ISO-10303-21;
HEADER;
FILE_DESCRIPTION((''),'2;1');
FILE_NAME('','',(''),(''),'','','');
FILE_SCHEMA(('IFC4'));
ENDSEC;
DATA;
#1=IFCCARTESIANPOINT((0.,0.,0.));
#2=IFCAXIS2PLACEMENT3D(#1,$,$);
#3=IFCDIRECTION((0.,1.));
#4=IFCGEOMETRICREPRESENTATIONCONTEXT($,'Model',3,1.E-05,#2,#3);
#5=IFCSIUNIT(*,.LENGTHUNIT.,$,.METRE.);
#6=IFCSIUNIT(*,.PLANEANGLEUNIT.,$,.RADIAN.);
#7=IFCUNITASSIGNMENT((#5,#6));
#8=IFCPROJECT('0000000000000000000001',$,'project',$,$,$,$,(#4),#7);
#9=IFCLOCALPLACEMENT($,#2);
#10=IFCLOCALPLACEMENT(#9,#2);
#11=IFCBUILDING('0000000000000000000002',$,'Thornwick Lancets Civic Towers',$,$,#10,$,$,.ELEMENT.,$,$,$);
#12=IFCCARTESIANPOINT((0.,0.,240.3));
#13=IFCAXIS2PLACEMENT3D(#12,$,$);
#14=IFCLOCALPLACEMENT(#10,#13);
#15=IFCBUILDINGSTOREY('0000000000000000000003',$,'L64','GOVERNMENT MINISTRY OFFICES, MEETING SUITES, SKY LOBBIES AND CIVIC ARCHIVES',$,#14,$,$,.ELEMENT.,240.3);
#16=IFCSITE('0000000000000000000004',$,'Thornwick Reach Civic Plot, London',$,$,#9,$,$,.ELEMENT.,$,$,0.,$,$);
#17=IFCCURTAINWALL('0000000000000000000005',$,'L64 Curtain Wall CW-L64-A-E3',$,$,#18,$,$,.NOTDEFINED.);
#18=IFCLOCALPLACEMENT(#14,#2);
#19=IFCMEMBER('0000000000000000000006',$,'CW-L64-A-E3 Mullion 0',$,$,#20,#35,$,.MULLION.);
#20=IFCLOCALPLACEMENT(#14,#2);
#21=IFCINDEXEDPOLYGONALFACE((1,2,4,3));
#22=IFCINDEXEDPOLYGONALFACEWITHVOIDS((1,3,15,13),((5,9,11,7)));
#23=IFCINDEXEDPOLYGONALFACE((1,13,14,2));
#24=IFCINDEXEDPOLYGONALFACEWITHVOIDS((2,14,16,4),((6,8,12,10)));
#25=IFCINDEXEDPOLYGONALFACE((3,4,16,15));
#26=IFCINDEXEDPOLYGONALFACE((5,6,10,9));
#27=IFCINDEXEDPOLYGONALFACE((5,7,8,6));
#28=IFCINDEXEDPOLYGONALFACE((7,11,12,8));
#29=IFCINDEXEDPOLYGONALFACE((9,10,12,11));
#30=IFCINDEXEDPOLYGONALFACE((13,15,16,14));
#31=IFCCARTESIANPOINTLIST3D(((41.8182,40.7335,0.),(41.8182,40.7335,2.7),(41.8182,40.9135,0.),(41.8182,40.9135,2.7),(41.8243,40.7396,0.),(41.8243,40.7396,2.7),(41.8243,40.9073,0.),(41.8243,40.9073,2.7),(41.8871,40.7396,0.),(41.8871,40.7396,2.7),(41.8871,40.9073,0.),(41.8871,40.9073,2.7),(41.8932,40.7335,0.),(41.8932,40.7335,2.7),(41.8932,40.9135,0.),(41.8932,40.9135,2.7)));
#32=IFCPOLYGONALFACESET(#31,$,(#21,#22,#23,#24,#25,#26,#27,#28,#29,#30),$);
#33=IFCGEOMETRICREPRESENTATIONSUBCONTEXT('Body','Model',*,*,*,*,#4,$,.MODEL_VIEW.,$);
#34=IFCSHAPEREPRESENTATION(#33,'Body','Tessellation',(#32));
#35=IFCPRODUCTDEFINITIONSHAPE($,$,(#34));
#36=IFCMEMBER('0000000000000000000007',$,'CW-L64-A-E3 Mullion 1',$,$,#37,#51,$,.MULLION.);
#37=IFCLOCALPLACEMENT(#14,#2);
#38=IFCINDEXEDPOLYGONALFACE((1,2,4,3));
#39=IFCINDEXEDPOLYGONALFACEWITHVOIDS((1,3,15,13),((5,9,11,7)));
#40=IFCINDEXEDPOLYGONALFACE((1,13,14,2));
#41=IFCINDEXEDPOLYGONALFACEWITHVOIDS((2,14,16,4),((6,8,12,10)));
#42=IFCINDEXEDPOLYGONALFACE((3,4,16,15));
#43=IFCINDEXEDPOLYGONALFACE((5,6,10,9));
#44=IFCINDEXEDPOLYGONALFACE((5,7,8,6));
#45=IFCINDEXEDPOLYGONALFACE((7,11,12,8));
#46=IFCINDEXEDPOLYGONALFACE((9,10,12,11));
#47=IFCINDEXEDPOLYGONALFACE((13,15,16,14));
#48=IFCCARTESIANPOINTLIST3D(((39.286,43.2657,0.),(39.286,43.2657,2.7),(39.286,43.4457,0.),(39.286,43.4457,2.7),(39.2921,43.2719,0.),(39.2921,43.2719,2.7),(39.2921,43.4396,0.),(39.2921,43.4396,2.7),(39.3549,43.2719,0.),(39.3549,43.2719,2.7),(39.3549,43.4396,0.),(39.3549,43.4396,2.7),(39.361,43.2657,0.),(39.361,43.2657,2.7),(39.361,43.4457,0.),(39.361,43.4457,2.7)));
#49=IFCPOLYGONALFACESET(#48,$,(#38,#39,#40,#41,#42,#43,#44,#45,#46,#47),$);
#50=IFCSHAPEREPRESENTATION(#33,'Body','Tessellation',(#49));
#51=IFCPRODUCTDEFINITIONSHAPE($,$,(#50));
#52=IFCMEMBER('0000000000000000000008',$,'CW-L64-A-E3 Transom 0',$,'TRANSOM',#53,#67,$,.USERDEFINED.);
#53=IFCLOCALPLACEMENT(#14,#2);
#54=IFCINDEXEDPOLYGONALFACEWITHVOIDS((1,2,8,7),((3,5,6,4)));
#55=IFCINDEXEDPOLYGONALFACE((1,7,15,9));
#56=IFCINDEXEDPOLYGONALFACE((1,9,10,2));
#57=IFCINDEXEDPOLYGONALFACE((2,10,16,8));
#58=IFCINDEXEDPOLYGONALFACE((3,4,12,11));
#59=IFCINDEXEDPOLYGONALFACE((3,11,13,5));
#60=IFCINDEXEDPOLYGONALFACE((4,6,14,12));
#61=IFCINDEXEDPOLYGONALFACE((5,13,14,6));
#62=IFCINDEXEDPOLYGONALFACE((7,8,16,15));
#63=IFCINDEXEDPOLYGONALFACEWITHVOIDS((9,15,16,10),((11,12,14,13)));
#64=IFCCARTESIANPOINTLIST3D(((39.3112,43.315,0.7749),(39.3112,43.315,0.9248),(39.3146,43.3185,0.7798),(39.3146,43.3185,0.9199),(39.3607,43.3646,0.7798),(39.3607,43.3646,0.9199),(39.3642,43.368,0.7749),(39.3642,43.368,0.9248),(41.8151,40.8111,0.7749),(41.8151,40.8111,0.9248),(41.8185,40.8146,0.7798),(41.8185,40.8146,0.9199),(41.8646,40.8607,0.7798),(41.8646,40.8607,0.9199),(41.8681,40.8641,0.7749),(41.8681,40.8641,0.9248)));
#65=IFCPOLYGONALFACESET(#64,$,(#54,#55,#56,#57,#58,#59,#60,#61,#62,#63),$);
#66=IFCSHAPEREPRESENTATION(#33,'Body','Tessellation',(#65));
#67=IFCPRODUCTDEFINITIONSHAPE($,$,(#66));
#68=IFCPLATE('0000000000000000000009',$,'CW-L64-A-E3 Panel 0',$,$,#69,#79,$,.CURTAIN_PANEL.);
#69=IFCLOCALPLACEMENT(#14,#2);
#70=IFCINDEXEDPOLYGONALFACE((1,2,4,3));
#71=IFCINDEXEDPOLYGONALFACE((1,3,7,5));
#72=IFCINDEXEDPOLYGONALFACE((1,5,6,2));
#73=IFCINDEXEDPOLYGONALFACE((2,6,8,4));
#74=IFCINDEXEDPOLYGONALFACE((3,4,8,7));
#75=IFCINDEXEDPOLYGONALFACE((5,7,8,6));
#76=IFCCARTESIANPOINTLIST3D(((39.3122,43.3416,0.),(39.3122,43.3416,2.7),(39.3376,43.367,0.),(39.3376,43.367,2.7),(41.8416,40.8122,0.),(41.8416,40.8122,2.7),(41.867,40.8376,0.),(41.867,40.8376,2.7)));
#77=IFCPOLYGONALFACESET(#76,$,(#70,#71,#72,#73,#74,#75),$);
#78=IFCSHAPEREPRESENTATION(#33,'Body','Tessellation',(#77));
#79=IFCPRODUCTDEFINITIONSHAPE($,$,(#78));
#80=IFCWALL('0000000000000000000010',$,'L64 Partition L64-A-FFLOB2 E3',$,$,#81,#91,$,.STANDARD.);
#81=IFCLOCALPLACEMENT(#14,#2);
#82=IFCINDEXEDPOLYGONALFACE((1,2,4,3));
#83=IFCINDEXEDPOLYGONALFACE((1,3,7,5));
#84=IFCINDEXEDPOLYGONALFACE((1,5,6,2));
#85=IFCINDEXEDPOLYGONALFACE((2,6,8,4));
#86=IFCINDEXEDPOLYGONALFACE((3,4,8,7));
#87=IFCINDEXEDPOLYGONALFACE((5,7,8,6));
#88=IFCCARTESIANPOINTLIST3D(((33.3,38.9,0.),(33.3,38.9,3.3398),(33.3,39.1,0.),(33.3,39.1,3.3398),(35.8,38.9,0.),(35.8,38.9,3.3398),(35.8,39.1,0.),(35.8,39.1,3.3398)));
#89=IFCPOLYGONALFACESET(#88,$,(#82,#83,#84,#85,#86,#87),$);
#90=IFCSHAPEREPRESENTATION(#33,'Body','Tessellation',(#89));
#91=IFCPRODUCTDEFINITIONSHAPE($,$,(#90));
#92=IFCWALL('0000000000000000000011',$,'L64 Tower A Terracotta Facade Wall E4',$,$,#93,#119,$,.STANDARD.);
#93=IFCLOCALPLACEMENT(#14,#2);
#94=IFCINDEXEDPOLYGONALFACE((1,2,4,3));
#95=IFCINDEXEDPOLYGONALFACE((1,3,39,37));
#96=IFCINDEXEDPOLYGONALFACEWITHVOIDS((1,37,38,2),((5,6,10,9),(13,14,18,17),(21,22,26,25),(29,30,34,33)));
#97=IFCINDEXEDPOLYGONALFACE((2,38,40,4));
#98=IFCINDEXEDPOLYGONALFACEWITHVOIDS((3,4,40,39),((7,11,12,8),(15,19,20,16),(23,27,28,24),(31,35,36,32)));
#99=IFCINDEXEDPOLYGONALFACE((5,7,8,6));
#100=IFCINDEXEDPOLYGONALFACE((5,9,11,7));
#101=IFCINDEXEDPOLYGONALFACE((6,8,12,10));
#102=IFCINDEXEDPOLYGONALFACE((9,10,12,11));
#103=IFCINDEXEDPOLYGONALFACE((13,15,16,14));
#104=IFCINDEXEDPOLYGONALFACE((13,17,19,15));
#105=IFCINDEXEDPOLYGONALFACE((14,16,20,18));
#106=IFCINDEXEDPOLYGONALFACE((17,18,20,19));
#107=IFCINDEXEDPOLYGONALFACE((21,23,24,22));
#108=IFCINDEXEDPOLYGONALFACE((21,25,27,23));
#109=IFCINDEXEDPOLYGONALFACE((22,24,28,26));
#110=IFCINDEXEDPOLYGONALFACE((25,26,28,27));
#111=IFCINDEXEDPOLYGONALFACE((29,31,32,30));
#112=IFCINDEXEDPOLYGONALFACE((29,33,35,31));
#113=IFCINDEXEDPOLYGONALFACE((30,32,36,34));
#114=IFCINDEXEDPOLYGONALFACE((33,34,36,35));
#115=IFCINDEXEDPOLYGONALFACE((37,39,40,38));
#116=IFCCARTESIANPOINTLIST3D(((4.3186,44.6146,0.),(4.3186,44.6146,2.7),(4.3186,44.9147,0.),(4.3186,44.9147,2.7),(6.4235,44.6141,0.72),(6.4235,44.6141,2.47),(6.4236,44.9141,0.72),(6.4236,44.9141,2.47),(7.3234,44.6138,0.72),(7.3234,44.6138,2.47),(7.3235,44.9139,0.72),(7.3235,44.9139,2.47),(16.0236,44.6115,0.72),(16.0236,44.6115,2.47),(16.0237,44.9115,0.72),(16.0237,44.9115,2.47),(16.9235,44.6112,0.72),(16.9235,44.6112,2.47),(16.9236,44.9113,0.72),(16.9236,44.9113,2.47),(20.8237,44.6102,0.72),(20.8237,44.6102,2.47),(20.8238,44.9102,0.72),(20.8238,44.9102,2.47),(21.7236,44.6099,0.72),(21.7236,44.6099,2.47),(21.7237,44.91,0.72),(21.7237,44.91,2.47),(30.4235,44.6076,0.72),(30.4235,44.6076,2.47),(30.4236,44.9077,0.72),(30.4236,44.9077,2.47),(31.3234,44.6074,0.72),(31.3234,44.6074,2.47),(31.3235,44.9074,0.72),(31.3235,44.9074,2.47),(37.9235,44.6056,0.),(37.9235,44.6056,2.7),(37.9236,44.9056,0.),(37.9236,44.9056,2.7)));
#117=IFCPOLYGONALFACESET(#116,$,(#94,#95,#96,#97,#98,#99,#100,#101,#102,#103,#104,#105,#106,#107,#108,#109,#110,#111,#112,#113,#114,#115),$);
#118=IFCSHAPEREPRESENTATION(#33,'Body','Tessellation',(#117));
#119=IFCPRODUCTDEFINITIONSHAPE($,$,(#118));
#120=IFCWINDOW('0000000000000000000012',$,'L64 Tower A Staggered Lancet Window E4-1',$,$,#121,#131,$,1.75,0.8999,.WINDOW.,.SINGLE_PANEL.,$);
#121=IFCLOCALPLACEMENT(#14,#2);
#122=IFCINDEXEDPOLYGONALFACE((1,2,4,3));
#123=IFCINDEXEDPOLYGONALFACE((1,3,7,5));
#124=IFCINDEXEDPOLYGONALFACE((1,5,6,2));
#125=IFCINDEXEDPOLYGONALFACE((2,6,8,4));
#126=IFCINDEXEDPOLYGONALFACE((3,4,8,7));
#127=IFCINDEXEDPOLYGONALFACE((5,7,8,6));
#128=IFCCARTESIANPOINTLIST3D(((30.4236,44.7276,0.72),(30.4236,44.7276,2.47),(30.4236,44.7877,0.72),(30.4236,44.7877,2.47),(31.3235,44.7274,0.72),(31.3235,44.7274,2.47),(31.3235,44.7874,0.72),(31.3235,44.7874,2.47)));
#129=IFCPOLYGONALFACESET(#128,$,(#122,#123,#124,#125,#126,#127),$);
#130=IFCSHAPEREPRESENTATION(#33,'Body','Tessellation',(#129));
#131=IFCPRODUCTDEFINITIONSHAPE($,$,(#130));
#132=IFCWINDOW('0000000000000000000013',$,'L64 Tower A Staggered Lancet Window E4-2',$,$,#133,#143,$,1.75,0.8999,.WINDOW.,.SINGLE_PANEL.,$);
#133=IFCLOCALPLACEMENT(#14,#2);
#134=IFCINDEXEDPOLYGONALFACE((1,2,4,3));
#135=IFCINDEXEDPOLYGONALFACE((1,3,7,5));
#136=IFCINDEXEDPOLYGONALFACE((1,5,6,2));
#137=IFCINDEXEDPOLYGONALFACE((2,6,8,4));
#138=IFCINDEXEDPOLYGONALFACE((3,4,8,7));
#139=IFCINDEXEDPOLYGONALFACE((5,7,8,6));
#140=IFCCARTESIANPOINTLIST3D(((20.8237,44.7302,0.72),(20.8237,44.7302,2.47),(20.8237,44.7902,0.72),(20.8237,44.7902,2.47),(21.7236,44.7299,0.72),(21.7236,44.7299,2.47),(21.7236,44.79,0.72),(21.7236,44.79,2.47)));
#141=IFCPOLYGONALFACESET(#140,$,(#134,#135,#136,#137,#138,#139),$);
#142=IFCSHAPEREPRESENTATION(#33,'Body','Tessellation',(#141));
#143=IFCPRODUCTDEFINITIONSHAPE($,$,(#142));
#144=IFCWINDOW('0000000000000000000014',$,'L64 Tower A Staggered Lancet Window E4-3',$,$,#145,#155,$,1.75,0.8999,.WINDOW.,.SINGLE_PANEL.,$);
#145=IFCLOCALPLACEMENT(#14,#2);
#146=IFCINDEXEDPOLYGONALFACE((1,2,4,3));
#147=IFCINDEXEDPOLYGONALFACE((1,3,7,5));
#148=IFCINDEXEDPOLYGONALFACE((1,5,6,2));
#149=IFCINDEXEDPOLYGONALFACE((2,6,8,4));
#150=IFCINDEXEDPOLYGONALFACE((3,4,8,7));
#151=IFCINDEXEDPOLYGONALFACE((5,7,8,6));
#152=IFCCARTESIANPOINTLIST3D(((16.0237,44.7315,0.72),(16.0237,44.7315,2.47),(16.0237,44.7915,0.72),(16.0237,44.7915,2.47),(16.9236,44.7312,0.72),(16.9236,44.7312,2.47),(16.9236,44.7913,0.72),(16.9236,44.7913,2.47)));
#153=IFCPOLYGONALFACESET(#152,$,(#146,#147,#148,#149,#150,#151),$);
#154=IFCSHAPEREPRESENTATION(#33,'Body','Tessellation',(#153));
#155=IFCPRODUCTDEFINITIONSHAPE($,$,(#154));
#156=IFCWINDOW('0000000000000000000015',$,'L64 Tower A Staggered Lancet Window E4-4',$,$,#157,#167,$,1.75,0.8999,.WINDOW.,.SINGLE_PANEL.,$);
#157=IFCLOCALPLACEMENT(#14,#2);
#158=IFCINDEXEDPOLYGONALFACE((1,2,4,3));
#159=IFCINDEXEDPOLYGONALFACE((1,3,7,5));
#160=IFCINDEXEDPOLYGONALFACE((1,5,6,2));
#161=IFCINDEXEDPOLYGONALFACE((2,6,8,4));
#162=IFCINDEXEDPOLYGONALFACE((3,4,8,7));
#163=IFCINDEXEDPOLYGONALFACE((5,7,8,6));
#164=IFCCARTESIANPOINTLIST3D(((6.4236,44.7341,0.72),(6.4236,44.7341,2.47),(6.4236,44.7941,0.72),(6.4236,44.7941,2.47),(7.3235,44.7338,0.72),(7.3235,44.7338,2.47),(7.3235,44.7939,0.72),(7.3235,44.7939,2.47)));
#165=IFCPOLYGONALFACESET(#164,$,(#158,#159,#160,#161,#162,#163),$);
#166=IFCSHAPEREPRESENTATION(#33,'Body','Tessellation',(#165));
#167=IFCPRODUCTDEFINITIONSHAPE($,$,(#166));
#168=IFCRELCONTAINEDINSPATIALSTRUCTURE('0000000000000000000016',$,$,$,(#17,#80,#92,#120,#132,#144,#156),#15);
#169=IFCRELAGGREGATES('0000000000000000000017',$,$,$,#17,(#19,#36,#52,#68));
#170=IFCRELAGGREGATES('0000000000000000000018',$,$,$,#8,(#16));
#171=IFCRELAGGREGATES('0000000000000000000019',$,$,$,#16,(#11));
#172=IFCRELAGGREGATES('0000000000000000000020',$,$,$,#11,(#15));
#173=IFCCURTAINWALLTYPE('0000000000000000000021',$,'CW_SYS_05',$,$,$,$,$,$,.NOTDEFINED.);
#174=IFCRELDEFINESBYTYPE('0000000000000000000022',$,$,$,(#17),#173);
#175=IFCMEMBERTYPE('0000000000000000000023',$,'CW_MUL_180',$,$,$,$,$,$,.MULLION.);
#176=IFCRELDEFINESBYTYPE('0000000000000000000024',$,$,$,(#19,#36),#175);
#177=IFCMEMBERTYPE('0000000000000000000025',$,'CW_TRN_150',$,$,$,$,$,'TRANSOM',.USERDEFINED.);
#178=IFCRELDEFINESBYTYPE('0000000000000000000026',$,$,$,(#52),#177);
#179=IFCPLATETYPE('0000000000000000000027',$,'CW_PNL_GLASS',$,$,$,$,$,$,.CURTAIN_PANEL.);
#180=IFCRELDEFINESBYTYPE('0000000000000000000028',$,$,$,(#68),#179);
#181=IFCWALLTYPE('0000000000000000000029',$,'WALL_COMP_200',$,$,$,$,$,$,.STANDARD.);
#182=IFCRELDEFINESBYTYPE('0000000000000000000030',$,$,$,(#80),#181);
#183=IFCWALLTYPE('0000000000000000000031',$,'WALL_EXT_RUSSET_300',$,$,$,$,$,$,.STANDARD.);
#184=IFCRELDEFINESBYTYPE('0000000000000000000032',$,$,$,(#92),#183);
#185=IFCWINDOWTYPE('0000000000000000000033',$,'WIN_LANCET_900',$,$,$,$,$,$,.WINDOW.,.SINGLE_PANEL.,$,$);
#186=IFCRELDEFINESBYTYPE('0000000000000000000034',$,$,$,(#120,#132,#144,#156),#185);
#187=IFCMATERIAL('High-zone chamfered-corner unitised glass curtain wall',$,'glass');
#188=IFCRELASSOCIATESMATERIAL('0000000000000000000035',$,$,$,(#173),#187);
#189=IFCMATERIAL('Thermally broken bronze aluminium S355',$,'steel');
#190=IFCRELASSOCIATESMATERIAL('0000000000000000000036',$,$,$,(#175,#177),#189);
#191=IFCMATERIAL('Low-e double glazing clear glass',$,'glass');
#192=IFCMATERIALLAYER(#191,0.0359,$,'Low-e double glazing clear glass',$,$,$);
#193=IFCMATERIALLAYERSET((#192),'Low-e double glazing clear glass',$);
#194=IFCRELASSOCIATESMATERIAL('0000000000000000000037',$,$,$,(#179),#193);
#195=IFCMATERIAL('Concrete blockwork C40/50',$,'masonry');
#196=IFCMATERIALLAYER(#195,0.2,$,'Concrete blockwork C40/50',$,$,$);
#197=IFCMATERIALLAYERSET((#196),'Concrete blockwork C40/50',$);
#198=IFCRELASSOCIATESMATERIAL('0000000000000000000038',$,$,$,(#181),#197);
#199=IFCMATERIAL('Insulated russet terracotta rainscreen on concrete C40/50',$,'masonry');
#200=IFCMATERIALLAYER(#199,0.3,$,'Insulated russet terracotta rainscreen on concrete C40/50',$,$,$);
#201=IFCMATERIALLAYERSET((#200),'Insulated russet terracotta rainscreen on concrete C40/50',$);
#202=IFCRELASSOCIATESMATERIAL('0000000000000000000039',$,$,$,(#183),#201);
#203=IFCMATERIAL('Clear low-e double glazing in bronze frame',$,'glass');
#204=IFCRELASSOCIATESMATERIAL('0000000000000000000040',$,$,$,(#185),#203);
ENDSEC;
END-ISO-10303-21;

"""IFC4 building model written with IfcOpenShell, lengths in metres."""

from ifc_helpers import new_model, si_unit, direction, frame, frame_2d, origin, origin_2d, place, context, subcontext, project, spatial, rectangle, hollow_rectangle, extrude, material, layer, layer_set, material_profile, profile_set, type_object, element, fill, aggregate, save


model = new_model("IFC4")

# Units and contexts
model_context = context("Model", 3, precision=1e-05, world=origin(), true_north=direction((0.0, 1.0)))
body_context = subcontext(model_context, "Body", "Model", "MODEL_VIEW")
ifc_project = project(units=[si_unit("LENGTHUNIT", "METRE"), si_unit("PLANEANGLEUNIT", "RADIAN")], contexts=[model_context])

# Site, building, storey
site_placement = place(None, origin())
site = spatial("IfcSite", under=ifc_project, at=site_placement, Name="Thornwick Reach Civic Plot, London", CompositionType="ELEMENT", RefElevation=0.0)
building_placement = place(site_placement, origin())
building = spatial("IfcBuilding", under=site, at=building_placement, Name="Thornwick Lancets Civic Towers", CompositionType="ELEMENT")
storey_placement = place(building_placement, frame((0.0, 0.0, 240.3)))
storey = spatial("IfcBuildingStorey", under=building, at=storey_placement, Name="L64", Description="GOVERNMENT MINISTRY OFFICES, MEETING SUITES, SKY LOBBIES AND CIVIC ARCHIVES", CompositionType="ELEMENT", Elevation=240.3)

# Curtain wall, members, plate
ifc_material_1 = material(Name="High-zone chamfered-corner unitised glass curtain wall", Category="glass")
curtain_wall_type = type_object("IfcCurtainWallType", Name="CW_SYS_05", PredefinedType="NOTDEFINED", material=ifc_material_1)
curtain_wall_placement = place(storey_placement, origin())
curtain_wall = element("IfcCurtainWall", 1, at=curtain_wall_placement, inside=storey, type_object=curtain_wall_type, Name="L64 Curtain Wall CW-L64-A-E3", PredefinedType="NOTDEFINED")
ifc_material_2 = material(Name="Thermally broken bronze aluminium S355", Category="steel")
ifc_material_profile_1 = material_profile(ifc_material_2, hollow_rectangle(XDim=0.075, YDim=0.1799, WallThickness=0.0061, at=origin_2d()), Name="RHS 180x75x6")
ifc_profile_set_1 = profile_set([ifc_material_profile_1], Name="Thermally broken bronze aluminium S355")
member_type_1 = type_object("IfcMemberType", Name="CW_MUL_180", PredefinedType="MULLION", material=ifc_profile_set_1)
member_1_placement = place(storey_placement, frame((41.8557, 40.8235, 0.0), z_axis=(0.0, 0.0, 1.0), x_axis=(1.0, 0.0, 0.0)))
member_1 = element("IfcMember", 2, at=member_1_placement, type_object=member_type_1, Name="CW-L64-A-E3 Mullion 0", PredefinedType="MULLION", context=body_context, shape_type="SweptSolid", body=[
    extrude(hollow_rectangle(XDim=0.075, YDim=0.1799, WallThickness=0.0061, at=origin_2d()), origin(), (0.0, 0.0, 1.0), 2.7),
])
member_2_placement = place(storey_placement, frame((39.3235, 43.3557, 0.0), z_axis=(0.0, 0.0, 1.0), x_axis=(1.0, 0.0, 0.0)))
member_2 = element("IfcMember", 3, at=member_2_placement, type_object=member_type_1, Name="CW-L64-A-E3 Mullion 1", PredefinedType="MULLION", context=body_context, shape_type="SweptSolid", body=[
    extrude(hollow_rectangle(XDim=0.075, YDim=0.1799, WallThickness=0.0061, at=origin_2d()), origin(), (0.0, 0.0, 1.0), 2.7),
])
ifc_material_profile_2 = material_profile(ifc_material_2, hollow_rectangle(XDim=0.075, YDim=0.1499, WallThickness=0.0049, at=origin_2d()), Name="RHS 150x75x5")
ifc_profile_set_2 = profile_set([ifc_material_profile_2], Name="Thermally broken bronze aluminium S355")
member_type_2 = type_object("IfcMemberType", Name="CW_TRN_150", ElementType="TRANSOM", PredefinedType="USERDEFINED", material=ifc_profile_set_2)
member_3_placement = place(storey_placement, frame((41.8416, 40.8376, 0.8499), z_axis=(-0.707107, 0.707107, 0.0), x_axis=(-0.707107, -0.707107, 0.0)))
member_3 = element("IfcMember", 4, at=member_3_placement, type_object=member_type_2, Name="CW-L64-A-E3 Transom 0", ObjectType="TRANSOM", PredefinedType="USERDEFINED", context=body_context, shape_type="SweptSolid", body=[
    extrude(hollow_rectangle(XDim=0.075, YDim=0.1499, WallThickness=0.0049, at=origin_2d()), origin(), (0.0, 0.0, 1.0), 3.541),
])
ifc_material_3 = material(Name="Low-e double glazing clear glass", Category="glass")
ifc_layer_1 = layer(ifc_material_3, 0.0359, Name="Low-e double glazing clear glass")
ifc_layer_set_1 = layer_set([ifc_layer_1], Name="Low-e double glazing clear glass")
plate_type = type_object("IfcPlateType", Name="CW_PNL_GLASS", PredefinedType="CURTAIN_PANEL", material=ifc_layer_set_1)
plate_placement = place(storey_placement, frame((40.5896, 42.0896, 0.0), z_axis=(0.0, 0.0, 1.0), x_axis=(-0.707107, 0.707107, 0.0)))
plate = element("IfcPlate", 5, at=plate_placement, type_object=plate_type, Name="CW-L64-A-E3 Panel 0", PredefinedType="CURTAIN_PANEL", context=body_context, shape_type="SweptSolid", body=[
    extrude(rectangle(XDim=3.5771, YDim=0.0359, at=origin_2d()), origin(), (0.0, 0.0, 1.0), 2.7),
])
aggregate(curtain_wall, [member_1, member_2, member_3, plate])

# Wall
ifc_material_4 = material(Name="Concrete blockwork C40/50", Category="masonry")
ifc_layer_2 = layer(ifc_material_4, 0.2, Name="Concrete blockwork C40/50")
ifc_layer_set_2 = layer_set([ifc_layer_2], Name="Concrete blockwork C40/50")
wall_type_1 = type_object("IfcWallType", Name="WALL_COMP_200", PredefinedType="STANDARD", material=ifc_layer_set_2)
wall_1_placement = place(storey_placement, frame((35.8, 39.0, 0.0), z_axis=(0.0, 0.0, 1.0), x_axis=(-1.0, 0.0, 0.0)))
element("IfcWall", 6, at=wall_1_placement, inside=storey, type_object=wall_type_1, Name="L64 Partition L64-A-FFLOB2 E3", PredefinedType="STANDARD", context=body_context, shape_type="SweptSolid", body=[
    extrude(rectangle(XDim=2.5, YDim=0.2, at=frame_2d((1.25, 0.0))), origin(), (0.0, 0.0, 1.0), 3.3398),
])

# Wall, openings, windows
ifc_material_5 = material(Name="Insulated russet terracotta rainscreen on concrete C40/50", Category="masonry")
ifc_layer_3 = layer(ifc_material_5, 0.3, Name="Insulated russet terracotta rainscreen on concrete C40/50")
ifc_layer_set_3 = layer_set([ifc_layer_3], Name="Insulated russet terracotta rainscreen on concrete C40/50")
wall_type_2 = type_object("IfcWallType", Name="WALL_EXT_RUSSET_300", PredefinedType="STANDARD", material=ifc_layer_set_3)
wall_2_placement = place(storey_placement, frame((37.9236, 44.7556, 0.0), z_axis=(0.0, 0.0, 1.0), x_axis=(-1.0, 0.000269, 0.0)))
wall_2 = element("IfcWall", 7, at=wall_2_placement, inside=storey, type_object=wall_type_2, Name="L64 Tower A Terracotta Facade Wall E4", PredefinedType="STANDARD", context=body_context, shape_type="SweptSolid", body=[
    extrude(rectangle(XDim=33.605, YDim=0.3, at=frame_2d((16.8025, 0.0))), origin(), (0.0, 0.0, 1.0), 2.7),
])
opening_1_placement = place(wall_2_placement, frame((6.6001, 0.0, 0.72)))
opening_1 = element("IfcOpeningElement", 8, at=opening_1_placement, cuts=wall_2, PredefinedType="OPENING", context=body_context, shape_type="SweptSolid", body=[
    extrude(rectangle(XDim=0.8999, YDim=1.75, at=frame_2d((0.45, 0.875))), frame((0.0, 0.1602, 0.0), z_axis=(0.0, -1.0, 0.0), x_axis=(1.0, 0.0, 0.0)), (0.0, 0.0, 1.0), 0.3201),
])
opening_2_placement = place(wall_2_placement, frame((16.2, 0.0, 0.72)))
opening_2 = element("IfcOpeningElement", 9, at=opening_2_placement, cuts=wall_2, PredefinedType="OPENING", context=body_context, shape_type="SweptSolid", body=[
    extrude(rectangle(XDim=0.8999, YDim=1.75, at=frame_2d((0.45, 0.875))), frame((0.0, 0.1602, 0.0), z_axis=(0.0, -1.0, 0.0), x_axis=(1.0, 0.0, 0.0)), (0.0, 0.0, 1.0), 0.3201),
])
opening_3_placement = place(wall_2_placement, frame((21.0, 0.0, 0.72)))
opening_3 = element("IfcOpeningElement", 10, at=opening_3_placement, cuts=wall_2, PredefinedType="OPENING", context=body_context, shape_type="SweptSolid", body=[
    extrude(rectangle(XDim=0.8999, YDim=1.75, at=frame_2d((0.45, 0.875))), frame((0.0, 0.1602, 0.0), z_axis=(0.0, -1.0, 0.0), x_axis=(1.0, 0.0, 0.0)), (0.0, 0.0, 1.0), 0.3201),
])
opening_4_placement = place(wall_2_placement, frame((30.6001, 0.0, 0.72)))
opening_4 = element("IfcOpeningElement", 11, at=opening_4_placement, cuts=wall_2, PredefinedType="OPENING", context=body_context, shape_type="SweptSolid", body=[
    extrude(rectangle(XDim=0.8999, YDim=1.75, at=frame_2d((0.45, 0.875))), frame((0.0, 0.1602, 0.0), z_axis=(0.0, -1.0, 0.0), x_axis=(1.0, 0.0, 0.0)), (0.0, 0.0, 1.0), 0.3201),
])
ifc_material_6 = material(Name="Clear low-e double glazing in bronze frame", Category="glass")
window_type = type_object("IfcWindowType", Name="WIN_LANCET_900", PartitioningType="SINGLE_PANEL", PredefinedType="WINDOW", material=ifc_material_6)
window_1_placement = place(opening_1_placement, origin())
window_1 = element("IfcWindow", 12, at=window_1_placement, inside=storey, type_object=window_type, Name="L64 Tower A Staggered Lancet Window E4-1", OverallHeight=1.75, OverallWidth=0.8999, PartitioningType="SINGLE_PANEL", PredefinedType="WINDOW", context=body_context, shape_type="SweptSolid", body=[
    extrude(rectangle(XDim=0.8999, YDim=1.75, at=frame_2d((0.45, 0.875))), frame((0.0, 0.03, 0.0), z_axis=(0.0, -1.0, 0.0), x_axis=(1.0, 0.0, 0.0)), (0.0, 0.0, 1.0), 0.0601),
])
fill(opening_1, window_1)
window_2_placement = place(opening_2_placement, origin())
window_2 = element("IfcWindow", 13, at=window_2_placement, inside=storey, type_object=window_type, Name="L64 Tower A Staggered Lancet Window E4-2", OverallHeight=1.75, OverallWidth=0.8999, PartitioningType="SINGLE_PANEL", PredefinedType="WINDOW", context=body_context, shape_type="SweptSolid", body=[
    extrude(rectangle(XDim=0.8999, YDim=1.75, at=frame_2d((0.45, 0.875))), frame((0.0, 0.03, 0.0), z_axis=(0.0, -1.0, 0.0), x_axis=(1.0, 0.0, 0.0)), (0.0, 0.0, 1.0), 0.0601),
])
fill(opening_2, window_2)
window_3_placement = place(opening_3_placement, origin())
window_3 = element("IfcWindow", 14, at=window_3_placement, inside=storey, type_object=window_type, Name="L64 Tower A Staggered Lancet Window E4-3", OverallHeight=1.75, OverallWidth=0.8999, PartitioningType="SINGLE_PANEL", PredefinedType="WINDOW", context=body_context, shape_type="SweptSolid", body=[
    extrude(rectangle(XDim=0.8999, YDim=1.75, at=frame_2d((0.45, 0.875))), frame((0.0, 0.03, 0.0), z_axis=(0.0, -1.0, 0.0), x_axis=(1.0, 0.0, 0.0)), (0.0, 0.0, 1.0), 0.0601),
])
fill(opening_3, window_3)
window_4_placement = place(opening_4_placement, origin())
window_4 = element("IfcWindow", 15, at=window_4_placement, inside=storey, type_object=window_type, Name="L64 Tower A Staggered Lancet Window E4-4", OverallHeight=1.75, OverallWidth=0.8999, PartitioningType="SINGLE_PANEL", PredefinedType="WINDOW", context=body_context, shape_type="SweptSolid", body=[
    extrude(rectangle(XDim=0.8999, YDim=1.75, at=frame_2d((0.45, 0.875))), frame((0.0, 0.03, 0.0), z_axis=(0.0, -1.0, 0.0), x_axis=(1.0, 0.0, 0.0)), (0.0, 0.0, 1.0), 0.0601),
])
fill(opening_4, window_4)

save(model, "model.ifc")
